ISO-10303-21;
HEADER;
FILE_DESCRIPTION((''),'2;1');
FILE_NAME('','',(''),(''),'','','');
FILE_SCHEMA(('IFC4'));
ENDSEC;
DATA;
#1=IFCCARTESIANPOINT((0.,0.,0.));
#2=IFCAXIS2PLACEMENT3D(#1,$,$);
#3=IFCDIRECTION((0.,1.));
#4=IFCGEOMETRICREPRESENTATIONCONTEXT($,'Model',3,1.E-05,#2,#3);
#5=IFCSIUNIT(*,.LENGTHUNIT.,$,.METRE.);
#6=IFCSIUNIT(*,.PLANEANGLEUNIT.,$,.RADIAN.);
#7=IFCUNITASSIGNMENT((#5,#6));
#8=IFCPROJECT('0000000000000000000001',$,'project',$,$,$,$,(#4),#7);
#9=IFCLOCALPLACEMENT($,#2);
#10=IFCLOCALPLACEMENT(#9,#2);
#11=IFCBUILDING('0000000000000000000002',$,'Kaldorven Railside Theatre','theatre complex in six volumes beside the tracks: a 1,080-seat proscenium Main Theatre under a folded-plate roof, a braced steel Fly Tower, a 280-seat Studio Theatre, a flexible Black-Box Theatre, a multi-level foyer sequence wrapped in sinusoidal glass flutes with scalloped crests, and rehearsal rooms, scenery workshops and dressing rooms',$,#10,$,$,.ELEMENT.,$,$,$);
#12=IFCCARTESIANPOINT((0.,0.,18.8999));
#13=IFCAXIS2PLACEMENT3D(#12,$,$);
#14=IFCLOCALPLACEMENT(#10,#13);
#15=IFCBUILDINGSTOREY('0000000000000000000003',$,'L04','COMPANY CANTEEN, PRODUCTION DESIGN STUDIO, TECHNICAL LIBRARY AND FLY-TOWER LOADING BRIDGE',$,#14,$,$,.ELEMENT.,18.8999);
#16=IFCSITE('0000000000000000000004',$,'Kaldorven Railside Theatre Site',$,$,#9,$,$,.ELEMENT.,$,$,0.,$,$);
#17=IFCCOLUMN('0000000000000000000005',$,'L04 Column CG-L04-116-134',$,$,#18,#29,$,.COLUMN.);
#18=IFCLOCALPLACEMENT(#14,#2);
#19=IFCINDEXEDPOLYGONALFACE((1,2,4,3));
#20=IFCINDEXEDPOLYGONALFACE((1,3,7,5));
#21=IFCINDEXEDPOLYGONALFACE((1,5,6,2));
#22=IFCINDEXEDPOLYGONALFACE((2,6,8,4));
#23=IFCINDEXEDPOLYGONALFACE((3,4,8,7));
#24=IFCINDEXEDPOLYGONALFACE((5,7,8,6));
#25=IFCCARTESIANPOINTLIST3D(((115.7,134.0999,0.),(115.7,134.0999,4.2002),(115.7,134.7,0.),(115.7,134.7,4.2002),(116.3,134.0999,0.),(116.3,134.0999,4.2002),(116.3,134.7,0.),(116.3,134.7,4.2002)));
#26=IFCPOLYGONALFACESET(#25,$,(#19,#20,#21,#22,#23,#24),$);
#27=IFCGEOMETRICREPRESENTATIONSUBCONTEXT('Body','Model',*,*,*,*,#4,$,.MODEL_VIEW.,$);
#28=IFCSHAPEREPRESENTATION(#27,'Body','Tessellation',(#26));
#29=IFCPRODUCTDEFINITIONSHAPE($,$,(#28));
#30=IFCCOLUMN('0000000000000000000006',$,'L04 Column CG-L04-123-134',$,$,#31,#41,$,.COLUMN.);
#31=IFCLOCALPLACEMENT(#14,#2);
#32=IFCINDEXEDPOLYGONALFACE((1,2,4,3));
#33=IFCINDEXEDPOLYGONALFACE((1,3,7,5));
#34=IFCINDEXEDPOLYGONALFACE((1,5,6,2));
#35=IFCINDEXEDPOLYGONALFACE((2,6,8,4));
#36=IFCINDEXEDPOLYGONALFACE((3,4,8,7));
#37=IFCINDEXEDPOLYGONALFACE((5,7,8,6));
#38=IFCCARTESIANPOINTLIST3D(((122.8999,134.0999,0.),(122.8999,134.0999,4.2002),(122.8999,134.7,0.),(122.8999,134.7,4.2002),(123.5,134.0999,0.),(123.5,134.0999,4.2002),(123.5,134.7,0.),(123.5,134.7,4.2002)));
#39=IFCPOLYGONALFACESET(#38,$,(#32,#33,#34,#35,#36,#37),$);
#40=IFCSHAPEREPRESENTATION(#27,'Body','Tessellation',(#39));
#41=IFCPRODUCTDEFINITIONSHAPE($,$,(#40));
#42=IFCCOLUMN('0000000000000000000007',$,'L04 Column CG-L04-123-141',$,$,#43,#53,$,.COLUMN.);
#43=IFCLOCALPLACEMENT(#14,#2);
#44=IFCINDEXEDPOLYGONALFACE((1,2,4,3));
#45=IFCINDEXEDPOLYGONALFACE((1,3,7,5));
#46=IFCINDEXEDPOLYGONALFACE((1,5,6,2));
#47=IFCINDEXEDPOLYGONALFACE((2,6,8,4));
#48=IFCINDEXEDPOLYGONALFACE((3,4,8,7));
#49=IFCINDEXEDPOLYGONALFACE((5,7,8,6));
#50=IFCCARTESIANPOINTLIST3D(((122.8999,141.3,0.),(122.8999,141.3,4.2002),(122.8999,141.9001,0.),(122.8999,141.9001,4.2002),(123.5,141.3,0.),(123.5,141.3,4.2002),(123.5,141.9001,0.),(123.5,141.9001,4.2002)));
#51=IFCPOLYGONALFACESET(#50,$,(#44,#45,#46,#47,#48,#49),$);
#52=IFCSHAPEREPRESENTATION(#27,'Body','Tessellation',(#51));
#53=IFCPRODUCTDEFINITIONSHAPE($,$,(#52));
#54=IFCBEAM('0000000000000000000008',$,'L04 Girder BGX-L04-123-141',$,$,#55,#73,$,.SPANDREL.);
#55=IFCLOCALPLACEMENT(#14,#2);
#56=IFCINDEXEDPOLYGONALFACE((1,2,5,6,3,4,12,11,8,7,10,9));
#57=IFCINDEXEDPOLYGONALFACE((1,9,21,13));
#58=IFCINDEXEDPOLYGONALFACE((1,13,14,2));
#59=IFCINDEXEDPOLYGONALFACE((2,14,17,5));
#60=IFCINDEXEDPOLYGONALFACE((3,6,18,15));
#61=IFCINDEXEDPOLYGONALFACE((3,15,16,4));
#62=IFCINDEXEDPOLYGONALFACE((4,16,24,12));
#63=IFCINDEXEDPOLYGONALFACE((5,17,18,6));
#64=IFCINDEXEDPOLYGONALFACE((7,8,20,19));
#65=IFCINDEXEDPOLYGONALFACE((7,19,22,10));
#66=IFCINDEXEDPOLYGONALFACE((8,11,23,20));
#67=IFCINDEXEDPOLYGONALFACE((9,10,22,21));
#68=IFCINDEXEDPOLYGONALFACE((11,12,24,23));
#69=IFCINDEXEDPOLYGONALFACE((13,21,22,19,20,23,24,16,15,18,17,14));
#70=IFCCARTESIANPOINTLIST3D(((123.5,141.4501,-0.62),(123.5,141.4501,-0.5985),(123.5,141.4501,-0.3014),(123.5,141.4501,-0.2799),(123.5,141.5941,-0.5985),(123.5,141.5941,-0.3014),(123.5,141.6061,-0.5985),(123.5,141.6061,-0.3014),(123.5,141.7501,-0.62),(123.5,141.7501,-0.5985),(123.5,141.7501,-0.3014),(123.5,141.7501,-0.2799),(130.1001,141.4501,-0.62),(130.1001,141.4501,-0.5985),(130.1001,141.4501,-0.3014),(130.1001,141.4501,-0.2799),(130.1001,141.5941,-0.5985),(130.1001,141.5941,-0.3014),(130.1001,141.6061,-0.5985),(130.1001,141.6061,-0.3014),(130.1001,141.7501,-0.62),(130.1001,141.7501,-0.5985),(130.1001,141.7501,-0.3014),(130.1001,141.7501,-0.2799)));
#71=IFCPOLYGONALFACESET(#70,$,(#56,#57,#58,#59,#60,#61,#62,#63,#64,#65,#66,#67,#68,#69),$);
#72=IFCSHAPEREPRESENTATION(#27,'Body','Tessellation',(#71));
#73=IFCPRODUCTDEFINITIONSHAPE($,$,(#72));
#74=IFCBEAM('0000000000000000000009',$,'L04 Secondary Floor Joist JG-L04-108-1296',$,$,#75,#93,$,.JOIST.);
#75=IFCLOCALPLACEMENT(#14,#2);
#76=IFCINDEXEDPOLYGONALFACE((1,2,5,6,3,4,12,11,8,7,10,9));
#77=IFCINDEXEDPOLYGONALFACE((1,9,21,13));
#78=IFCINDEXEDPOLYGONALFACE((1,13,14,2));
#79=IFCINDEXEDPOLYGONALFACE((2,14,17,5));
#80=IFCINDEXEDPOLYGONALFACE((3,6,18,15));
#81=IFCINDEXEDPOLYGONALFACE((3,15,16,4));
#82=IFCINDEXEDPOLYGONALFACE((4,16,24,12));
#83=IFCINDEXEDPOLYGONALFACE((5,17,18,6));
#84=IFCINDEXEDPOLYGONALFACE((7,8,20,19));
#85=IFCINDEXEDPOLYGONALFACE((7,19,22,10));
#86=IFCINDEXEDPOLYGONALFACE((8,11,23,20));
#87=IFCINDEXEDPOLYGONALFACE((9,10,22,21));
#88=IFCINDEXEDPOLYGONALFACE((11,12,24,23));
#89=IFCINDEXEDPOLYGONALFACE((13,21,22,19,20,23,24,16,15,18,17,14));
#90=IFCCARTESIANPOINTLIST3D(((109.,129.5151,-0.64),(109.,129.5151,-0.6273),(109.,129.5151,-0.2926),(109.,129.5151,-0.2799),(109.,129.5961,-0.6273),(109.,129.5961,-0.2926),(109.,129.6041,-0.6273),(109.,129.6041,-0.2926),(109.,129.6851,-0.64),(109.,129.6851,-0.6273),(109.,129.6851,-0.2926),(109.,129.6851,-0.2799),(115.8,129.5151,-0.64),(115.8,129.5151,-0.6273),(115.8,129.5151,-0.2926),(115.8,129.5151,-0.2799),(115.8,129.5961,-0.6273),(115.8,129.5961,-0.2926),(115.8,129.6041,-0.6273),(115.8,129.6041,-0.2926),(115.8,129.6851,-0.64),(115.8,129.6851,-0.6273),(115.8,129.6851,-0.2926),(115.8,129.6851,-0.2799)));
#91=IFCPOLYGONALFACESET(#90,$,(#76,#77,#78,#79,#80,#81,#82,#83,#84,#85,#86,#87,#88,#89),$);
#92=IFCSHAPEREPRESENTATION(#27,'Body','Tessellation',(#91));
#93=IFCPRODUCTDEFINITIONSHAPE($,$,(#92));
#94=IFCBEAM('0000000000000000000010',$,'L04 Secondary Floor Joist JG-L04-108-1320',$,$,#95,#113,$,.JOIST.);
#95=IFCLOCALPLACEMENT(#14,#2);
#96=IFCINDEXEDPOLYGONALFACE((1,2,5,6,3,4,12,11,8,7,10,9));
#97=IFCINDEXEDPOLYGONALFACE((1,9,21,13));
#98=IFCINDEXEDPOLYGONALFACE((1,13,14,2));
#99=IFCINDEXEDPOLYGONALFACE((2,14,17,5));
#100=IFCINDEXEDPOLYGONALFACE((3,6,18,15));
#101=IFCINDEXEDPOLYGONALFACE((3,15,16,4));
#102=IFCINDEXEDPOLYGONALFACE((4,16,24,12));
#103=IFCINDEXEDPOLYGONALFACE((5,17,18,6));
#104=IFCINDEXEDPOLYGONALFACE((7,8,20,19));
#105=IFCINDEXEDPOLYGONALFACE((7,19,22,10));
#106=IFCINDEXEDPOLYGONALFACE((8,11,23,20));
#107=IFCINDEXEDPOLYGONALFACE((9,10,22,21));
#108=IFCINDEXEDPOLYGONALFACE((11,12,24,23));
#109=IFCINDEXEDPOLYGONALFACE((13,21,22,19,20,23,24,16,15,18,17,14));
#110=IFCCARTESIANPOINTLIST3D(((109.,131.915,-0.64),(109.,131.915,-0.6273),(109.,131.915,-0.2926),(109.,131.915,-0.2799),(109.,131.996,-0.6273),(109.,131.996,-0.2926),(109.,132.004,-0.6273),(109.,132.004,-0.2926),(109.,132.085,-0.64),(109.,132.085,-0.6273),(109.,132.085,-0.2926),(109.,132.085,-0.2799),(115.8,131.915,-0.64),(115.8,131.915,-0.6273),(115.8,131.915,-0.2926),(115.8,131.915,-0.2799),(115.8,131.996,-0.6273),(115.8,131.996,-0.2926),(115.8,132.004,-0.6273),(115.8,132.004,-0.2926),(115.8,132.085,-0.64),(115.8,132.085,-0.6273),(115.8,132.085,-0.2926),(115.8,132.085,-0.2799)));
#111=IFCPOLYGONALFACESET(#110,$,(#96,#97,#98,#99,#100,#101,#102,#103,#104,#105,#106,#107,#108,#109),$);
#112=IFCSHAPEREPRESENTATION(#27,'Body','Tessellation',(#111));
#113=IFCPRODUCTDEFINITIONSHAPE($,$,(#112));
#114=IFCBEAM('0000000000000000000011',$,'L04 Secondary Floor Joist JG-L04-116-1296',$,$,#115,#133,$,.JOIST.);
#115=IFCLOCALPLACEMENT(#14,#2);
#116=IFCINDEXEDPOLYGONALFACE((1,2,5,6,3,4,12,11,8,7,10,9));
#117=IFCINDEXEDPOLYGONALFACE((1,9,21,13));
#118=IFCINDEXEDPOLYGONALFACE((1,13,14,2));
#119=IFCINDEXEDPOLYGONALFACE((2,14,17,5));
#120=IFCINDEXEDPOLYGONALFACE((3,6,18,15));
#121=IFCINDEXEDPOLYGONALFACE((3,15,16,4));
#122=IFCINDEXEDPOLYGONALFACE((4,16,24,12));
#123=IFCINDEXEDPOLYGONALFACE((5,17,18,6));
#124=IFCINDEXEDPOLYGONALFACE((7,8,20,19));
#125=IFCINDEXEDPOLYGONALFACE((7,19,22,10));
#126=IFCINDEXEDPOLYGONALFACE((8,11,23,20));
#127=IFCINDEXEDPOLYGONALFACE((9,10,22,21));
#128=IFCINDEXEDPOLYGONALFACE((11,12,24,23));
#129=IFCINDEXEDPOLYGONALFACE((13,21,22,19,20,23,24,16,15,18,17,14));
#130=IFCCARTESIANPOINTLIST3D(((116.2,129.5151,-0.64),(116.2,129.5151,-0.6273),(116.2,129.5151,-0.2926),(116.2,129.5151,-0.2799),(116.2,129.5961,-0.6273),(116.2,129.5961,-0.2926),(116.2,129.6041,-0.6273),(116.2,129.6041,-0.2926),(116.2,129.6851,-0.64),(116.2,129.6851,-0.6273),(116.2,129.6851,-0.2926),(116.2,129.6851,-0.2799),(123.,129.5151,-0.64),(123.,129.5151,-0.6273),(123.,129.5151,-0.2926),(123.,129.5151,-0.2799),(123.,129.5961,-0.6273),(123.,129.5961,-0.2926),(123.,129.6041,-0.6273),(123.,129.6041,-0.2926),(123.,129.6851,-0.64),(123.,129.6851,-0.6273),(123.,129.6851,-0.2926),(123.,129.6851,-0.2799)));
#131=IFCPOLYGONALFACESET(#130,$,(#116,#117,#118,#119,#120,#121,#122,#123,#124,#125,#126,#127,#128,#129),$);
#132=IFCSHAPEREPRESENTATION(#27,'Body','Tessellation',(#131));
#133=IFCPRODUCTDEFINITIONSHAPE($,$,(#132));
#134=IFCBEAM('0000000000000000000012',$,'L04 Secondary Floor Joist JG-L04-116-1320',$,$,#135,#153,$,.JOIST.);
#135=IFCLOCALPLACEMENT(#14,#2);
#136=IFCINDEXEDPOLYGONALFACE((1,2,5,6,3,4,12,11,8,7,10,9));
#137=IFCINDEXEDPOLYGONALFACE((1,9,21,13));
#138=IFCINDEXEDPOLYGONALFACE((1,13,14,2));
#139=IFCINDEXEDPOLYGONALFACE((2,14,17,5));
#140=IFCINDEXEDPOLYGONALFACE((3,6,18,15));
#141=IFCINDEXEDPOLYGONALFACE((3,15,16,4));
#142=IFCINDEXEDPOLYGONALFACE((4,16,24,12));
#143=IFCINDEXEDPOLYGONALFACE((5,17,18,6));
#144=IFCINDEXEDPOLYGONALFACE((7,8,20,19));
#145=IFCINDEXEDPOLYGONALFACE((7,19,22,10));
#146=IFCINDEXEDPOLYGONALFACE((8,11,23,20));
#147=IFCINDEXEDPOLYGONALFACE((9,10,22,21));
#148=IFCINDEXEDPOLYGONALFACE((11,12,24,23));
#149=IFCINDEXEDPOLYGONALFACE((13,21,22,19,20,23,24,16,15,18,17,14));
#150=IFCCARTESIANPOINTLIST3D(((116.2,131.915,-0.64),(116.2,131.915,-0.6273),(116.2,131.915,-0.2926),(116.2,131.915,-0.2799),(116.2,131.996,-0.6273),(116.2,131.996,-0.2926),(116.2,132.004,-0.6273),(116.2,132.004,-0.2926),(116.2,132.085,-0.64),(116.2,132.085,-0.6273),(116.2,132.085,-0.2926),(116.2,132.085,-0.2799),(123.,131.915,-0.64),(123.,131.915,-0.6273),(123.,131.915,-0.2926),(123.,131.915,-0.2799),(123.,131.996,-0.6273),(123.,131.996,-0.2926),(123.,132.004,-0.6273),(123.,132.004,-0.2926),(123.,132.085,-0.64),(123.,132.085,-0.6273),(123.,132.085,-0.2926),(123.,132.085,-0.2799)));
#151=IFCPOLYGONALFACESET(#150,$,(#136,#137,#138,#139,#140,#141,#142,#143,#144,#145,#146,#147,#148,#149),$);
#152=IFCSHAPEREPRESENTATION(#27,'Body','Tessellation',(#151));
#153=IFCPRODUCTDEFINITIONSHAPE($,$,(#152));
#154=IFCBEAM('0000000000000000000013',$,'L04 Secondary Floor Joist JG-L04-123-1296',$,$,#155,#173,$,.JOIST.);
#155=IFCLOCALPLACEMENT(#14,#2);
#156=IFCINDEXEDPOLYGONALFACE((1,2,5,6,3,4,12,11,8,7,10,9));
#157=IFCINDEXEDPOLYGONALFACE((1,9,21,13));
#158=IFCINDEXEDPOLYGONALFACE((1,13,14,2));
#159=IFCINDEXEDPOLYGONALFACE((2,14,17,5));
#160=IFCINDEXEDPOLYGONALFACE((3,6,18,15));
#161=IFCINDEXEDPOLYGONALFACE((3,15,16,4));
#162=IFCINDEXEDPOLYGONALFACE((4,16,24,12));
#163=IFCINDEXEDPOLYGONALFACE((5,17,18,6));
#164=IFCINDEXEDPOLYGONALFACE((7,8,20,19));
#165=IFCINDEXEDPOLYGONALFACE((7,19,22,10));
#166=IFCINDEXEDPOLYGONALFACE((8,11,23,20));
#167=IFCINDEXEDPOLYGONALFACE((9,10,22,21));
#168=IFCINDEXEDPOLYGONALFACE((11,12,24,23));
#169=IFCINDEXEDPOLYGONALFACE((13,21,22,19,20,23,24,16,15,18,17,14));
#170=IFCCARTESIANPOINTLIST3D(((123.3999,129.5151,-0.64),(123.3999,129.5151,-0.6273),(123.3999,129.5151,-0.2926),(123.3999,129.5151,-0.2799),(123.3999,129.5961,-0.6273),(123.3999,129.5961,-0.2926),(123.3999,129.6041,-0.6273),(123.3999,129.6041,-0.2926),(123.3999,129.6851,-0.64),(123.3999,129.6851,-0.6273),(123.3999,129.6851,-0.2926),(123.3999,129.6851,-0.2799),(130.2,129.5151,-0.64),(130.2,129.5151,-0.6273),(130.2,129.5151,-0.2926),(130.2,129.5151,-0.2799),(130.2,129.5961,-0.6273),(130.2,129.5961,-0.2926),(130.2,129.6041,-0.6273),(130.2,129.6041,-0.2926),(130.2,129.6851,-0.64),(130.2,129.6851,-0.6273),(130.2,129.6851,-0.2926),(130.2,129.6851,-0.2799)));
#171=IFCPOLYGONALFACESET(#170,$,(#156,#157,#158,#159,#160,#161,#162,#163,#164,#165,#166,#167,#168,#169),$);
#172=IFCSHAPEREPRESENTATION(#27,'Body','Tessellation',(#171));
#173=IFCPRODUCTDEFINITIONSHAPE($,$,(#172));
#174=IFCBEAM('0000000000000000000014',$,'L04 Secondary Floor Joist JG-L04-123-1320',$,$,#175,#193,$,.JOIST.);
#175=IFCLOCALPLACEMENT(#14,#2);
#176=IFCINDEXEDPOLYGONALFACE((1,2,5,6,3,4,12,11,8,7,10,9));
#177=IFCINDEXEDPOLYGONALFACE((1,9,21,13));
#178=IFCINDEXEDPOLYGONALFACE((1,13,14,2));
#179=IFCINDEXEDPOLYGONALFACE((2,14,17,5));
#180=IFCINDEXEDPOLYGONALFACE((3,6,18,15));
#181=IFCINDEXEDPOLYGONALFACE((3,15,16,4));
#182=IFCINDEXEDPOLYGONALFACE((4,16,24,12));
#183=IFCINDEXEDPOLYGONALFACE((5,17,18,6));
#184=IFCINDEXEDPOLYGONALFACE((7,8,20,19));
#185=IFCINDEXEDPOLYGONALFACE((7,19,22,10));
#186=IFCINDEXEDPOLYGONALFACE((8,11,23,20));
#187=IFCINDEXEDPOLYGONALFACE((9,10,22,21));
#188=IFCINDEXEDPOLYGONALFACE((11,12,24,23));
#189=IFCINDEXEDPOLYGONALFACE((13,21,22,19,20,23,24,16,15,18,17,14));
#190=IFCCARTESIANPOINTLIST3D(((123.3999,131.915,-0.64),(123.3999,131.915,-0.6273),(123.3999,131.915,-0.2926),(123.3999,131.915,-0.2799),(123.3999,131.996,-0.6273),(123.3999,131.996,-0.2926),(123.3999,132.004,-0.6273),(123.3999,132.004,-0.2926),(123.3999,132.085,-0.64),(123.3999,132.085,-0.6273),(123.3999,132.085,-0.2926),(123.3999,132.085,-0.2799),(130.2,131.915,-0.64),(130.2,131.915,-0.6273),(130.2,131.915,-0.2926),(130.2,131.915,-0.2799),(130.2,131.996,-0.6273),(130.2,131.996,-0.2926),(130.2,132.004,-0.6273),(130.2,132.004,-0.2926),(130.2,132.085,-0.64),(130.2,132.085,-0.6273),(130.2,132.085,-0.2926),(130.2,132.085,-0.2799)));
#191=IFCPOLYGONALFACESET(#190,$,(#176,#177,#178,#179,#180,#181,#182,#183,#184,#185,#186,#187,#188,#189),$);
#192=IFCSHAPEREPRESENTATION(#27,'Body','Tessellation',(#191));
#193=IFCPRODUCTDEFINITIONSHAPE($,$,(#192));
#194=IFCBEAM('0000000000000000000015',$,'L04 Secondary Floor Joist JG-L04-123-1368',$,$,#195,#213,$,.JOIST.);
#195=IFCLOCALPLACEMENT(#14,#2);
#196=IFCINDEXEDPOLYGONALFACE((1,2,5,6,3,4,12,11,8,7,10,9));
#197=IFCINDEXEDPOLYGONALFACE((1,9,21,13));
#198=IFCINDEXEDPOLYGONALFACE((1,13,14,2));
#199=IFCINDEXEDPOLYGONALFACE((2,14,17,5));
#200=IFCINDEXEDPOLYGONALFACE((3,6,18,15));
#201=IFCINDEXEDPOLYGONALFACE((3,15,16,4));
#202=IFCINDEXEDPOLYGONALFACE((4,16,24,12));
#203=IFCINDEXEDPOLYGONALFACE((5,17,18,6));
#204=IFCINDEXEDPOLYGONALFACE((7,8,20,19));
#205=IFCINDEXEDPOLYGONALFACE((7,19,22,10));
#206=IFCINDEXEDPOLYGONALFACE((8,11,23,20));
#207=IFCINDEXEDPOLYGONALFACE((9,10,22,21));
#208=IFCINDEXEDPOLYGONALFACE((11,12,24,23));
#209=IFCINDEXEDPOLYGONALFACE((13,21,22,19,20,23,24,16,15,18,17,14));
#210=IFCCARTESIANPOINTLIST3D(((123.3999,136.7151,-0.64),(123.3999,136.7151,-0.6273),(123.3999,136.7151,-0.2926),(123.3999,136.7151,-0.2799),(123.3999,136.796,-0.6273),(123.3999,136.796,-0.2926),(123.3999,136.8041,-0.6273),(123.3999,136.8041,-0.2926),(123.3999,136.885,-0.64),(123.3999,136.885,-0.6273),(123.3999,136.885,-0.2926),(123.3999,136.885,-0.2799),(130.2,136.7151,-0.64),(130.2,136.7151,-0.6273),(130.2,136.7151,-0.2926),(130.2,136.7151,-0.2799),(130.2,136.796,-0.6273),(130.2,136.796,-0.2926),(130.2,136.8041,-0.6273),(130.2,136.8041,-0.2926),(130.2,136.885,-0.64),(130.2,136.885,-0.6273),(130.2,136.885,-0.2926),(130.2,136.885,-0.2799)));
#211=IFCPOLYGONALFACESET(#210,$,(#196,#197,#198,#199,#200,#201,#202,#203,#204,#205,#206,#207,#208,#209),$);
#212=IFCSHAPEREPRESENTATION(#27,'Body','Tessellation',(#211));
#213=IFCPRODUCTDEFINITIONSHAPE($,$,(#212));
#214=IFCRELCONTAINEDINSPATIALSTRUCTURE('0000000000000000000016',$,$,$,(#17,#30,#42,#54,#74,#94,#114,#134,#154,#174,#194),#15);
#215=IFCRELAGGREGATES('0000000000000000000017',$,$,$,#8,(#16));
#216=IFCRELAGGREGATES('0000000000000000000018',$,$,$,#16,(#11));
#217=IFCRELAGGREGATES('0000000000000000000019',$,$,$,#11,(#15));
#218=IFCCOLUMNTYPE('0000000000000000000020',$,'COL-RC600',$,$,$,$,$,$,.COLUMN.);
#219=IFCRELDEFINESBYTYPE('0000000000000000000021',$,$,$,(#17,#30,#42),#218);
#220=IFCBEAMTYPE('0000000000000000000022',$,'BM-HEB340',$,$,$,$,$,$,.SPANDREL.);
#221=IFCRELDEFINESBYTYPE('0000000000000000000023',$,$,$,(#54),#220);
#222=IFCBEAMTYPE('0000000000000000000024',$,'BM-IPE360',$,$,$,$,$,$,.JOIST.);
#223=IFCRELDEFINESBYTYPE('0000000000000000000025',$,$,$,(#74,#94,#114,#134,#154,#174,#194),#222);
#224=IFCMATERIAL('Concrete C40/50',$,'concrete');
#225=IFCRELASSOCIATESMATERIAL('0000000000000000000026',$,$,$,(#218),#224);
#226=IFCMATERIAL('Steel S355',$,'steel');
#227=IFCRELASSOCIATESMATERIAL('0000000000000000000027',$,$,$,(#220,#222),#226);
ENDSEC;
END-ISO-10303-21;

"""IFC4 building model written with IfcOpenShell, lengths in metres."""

from ifc_helpers import new_model, si_unit, direction, frame, origin, origin_2d, place, context, subcontext, project, spatial, rectangle, i_section, extrude, material, material_profile, profile_set, type_object, element, save


model = new_model("IFC4")

# Units and contexts
model_context = context("Model", 3, precision=1e-05, world=origin(), true_north=direction((0.0, 1.0)))
body_context = subcontext(model_context, "Body", "Model", "MODEL_VIEW")
ifc_project = project(units=[si_unit("LENGTHUNIT", "METRE"), si_unit("PLANEANGLEUNIT", "RADIAN")], contexts=[model_context])

# Site, building, storey
site_placement = place(None, origin())
site = spatial("IfcSite", under=ifc_project, at=site_placement, Name="Kaldorven Railside Theatre Site", CompositionType="ELEMENT", RefElevation=0.0)
building_placement = place(site_placement, origin())
building = spatial("IfcBuilding", under=site, at=building_placement, Name="Kaldorven Railside Theatre", Description="theatre complex in six volumes beside the tracks: a 1,080-seat proscenium Main Theatre under a folded-plate roof, a braced steel Fly Tower, a 280-seat Studio Theatre, a flexible Black-Box Theatre, a multi-level foyer sequence wrapped in sinusoidal glass flutes with scalloped crests, and rehearsal rooms, scenery workshops and dressing rooms", CompositionType="ELEMENT")
storey_placement = place(building_placement, frame((0.0, 0.0, 18.8999)))
storey = spatial("IfcBuildingStorey", under=building, at=storey_placement, Name="L04", Description="COMPANY CANTEEN, PRODUCTION DESIGN STUDIO, TECHNICAL LIBRARY AND FLY-TOWER LOADING BRIDGE", CompositionType="ELEMENT", Elevation=18.8999)

# Columns
ifc_material_1 = material(Name="Concrete C40/50", Category="concrete")
ifc_material_profile_1 = material_profile(ifc_material_1, rectangle(XDim=0.6001, YDim=0.6001, at=origin_2d()), Name="RC 600x600")
ifc_profile_set_1 = profile_set([ifc_material_profile_1], Name="Concrete C40/50")
column_type = type_object("IfcColumnType", Name="COL-RC600", PredefinedType="COLUMN", material=ifc_profile_set_1)
for number, where, z_axis, x_axis, name in (
    (1, (116.0, 134.3999, 0.0), (0.0, 0.0, 1.0), (1.0, 0.0, 0.0), "L04 Column CG-L04-116-134"),
    (2, (123.2, 134.3999, 0.0), (0.0, 0.0, 1.0), (0.0, 1.0, 0.0), "L04 Column CG-L04-123-134"),
    (3, (123.2, 141.6001, 0.0), (0.0, 0.0, 1.0), (1.0, 0.0, 0.0), "L04 Column CG-L04-123-141"),
):
    element("IfcColumn", number, at=place(storey_placement, frame(where, z_axis=z_axis, x_axis=x_axis)), inside=storey, type_object=column_type, Name=name, PredefinedType="COLUMN", context=body_context, shape_type="SweptSolid", body=[
        extrude(rectangle(XDim=0.6001, YDim=0.6001, at=origin_2d()), origin(), (0.0, 0.0, 1.0), 4.2002),
    ])

# Beams
ifc_material_2 = material(Name="Steel S355", Category="steel")
ifc_material_profile_2 = material_profile(ifc_material_2, i_section(OverallWidth=0.3, OverallDepth=0.3401, WebThickness=0.012, FlangeThickness=0.0215, at=origin_2d()), Name="HEB 340")
ifc_profile_set_2 = profile_set([ifc_material_profile_2], Name="Steel S355")
beam_type_1 = type_object("IfcBeamType", Name="BM-HEB340", PredefinedType="SPANDREL", material=ifc_profile_set_2)
beam_1_placement = place(storey_placement, frame((123.5, 141.6001, -0.45), z_axis=(1.0, 0.0, 0.0), x_axis=(0.0, 1.0, 0.0)))
element("IfcBeam", 4, at=beam_1_placement, inside=storey, type_object=beam_type_1, Name="L04 Girder BGX-L04-123-141", PredefinedType="SPANDREL", context=body_context, shape_type="SweptSolid", body=[
    extrude(i_section(OverallWidth=0.3, OverallDepth=0.3401, WebThickness=0.012, FlangeThickness=0.0215, at=origin_2d()), origin(), (0.0, 0.0, 1.0), 6.6001),
])
ifc_material_profile_3 = material_profile(ifc_material_2, i_section(OverallWidth=0.1699, OverallDepth=0.3601, WebThickness=0.0081, FlangeThickness=0.0127, at=origin_2d()), Name="IPE 360")
ifc_profile_set_3 = profile_set([ifc_material_profile_3], Name="Steel S355")
beam_type_2 = type_object("IfcBeamType", Name="BM-IPE360", PredefinedType="JOIST", material=ifc_profile_set_3)
for number, where, z_axis, x_axis, name in (
    (5, (109.0, 129.6001, -0.46), (1.0, 0.0, 0.0), (0.0, 1.0, 0.0), "L04 Secondary Floor Joist JG-L04-108-1296"),
    (6, (109.0, 132.0, -0.46), (1.0, 0.0, 0.0), (0.0, 1.0, 0.0), "L04 Secondary Floor Joist JG-L04-108-1320"),
    (7, (116.2, 129.6001, -0.46), (1.0, 0.0, 0.0), (0.0, 1.0, 0.0), "L04 Secondary Floor Joist JG-L04-116-1296"),
    (8, (116.2, 132.0, -0.46), (1.0, 0.0, 0.0), (0.0, 1.0, 0.0), "L04 Secondary Floor Joist JG-L04-116-1320"),
    (9, (123.3999, 129.6001, -0.46), (1.0, 0.0, 0.0), (0.0, 1.0, 0.0), "L04 Secondary Floor Joist JG-L04-123-1296"),
    (10, (123.3999, 132.0, -0.46), (1.0, 0.0, 0.0), (0.0, 1.0, 0.0), "L04 Secondary Floor Joist JG-L04-123-1320"),
    (11, (123.3999, 136.8, -0.46), (1.0, 0.0, 0.0), (0.0, 1.0, 0.0), "L04 Secondary Floor Joist JG-L04-123-1368"),
):
    element("IfcBeam", number, at=place(storey_placement, frame(where, z_axis=z_axis, x_axis=x_axis)), inside=storey, type_object=beam_type_2, Name=name, PredefinedType="JOIST", context=body_context, shape_type="SweptSolid", body=[
        extrude(i_section(OverallWidth=0.1699, OverallDepth=0.3601, WebThickness=0.0081, FlangeThickness=0.0127, at=origin_2d()), origin(), (0.0, 0.0, 1.0), 6.8),
    ])

save(model, "model.ifc")
